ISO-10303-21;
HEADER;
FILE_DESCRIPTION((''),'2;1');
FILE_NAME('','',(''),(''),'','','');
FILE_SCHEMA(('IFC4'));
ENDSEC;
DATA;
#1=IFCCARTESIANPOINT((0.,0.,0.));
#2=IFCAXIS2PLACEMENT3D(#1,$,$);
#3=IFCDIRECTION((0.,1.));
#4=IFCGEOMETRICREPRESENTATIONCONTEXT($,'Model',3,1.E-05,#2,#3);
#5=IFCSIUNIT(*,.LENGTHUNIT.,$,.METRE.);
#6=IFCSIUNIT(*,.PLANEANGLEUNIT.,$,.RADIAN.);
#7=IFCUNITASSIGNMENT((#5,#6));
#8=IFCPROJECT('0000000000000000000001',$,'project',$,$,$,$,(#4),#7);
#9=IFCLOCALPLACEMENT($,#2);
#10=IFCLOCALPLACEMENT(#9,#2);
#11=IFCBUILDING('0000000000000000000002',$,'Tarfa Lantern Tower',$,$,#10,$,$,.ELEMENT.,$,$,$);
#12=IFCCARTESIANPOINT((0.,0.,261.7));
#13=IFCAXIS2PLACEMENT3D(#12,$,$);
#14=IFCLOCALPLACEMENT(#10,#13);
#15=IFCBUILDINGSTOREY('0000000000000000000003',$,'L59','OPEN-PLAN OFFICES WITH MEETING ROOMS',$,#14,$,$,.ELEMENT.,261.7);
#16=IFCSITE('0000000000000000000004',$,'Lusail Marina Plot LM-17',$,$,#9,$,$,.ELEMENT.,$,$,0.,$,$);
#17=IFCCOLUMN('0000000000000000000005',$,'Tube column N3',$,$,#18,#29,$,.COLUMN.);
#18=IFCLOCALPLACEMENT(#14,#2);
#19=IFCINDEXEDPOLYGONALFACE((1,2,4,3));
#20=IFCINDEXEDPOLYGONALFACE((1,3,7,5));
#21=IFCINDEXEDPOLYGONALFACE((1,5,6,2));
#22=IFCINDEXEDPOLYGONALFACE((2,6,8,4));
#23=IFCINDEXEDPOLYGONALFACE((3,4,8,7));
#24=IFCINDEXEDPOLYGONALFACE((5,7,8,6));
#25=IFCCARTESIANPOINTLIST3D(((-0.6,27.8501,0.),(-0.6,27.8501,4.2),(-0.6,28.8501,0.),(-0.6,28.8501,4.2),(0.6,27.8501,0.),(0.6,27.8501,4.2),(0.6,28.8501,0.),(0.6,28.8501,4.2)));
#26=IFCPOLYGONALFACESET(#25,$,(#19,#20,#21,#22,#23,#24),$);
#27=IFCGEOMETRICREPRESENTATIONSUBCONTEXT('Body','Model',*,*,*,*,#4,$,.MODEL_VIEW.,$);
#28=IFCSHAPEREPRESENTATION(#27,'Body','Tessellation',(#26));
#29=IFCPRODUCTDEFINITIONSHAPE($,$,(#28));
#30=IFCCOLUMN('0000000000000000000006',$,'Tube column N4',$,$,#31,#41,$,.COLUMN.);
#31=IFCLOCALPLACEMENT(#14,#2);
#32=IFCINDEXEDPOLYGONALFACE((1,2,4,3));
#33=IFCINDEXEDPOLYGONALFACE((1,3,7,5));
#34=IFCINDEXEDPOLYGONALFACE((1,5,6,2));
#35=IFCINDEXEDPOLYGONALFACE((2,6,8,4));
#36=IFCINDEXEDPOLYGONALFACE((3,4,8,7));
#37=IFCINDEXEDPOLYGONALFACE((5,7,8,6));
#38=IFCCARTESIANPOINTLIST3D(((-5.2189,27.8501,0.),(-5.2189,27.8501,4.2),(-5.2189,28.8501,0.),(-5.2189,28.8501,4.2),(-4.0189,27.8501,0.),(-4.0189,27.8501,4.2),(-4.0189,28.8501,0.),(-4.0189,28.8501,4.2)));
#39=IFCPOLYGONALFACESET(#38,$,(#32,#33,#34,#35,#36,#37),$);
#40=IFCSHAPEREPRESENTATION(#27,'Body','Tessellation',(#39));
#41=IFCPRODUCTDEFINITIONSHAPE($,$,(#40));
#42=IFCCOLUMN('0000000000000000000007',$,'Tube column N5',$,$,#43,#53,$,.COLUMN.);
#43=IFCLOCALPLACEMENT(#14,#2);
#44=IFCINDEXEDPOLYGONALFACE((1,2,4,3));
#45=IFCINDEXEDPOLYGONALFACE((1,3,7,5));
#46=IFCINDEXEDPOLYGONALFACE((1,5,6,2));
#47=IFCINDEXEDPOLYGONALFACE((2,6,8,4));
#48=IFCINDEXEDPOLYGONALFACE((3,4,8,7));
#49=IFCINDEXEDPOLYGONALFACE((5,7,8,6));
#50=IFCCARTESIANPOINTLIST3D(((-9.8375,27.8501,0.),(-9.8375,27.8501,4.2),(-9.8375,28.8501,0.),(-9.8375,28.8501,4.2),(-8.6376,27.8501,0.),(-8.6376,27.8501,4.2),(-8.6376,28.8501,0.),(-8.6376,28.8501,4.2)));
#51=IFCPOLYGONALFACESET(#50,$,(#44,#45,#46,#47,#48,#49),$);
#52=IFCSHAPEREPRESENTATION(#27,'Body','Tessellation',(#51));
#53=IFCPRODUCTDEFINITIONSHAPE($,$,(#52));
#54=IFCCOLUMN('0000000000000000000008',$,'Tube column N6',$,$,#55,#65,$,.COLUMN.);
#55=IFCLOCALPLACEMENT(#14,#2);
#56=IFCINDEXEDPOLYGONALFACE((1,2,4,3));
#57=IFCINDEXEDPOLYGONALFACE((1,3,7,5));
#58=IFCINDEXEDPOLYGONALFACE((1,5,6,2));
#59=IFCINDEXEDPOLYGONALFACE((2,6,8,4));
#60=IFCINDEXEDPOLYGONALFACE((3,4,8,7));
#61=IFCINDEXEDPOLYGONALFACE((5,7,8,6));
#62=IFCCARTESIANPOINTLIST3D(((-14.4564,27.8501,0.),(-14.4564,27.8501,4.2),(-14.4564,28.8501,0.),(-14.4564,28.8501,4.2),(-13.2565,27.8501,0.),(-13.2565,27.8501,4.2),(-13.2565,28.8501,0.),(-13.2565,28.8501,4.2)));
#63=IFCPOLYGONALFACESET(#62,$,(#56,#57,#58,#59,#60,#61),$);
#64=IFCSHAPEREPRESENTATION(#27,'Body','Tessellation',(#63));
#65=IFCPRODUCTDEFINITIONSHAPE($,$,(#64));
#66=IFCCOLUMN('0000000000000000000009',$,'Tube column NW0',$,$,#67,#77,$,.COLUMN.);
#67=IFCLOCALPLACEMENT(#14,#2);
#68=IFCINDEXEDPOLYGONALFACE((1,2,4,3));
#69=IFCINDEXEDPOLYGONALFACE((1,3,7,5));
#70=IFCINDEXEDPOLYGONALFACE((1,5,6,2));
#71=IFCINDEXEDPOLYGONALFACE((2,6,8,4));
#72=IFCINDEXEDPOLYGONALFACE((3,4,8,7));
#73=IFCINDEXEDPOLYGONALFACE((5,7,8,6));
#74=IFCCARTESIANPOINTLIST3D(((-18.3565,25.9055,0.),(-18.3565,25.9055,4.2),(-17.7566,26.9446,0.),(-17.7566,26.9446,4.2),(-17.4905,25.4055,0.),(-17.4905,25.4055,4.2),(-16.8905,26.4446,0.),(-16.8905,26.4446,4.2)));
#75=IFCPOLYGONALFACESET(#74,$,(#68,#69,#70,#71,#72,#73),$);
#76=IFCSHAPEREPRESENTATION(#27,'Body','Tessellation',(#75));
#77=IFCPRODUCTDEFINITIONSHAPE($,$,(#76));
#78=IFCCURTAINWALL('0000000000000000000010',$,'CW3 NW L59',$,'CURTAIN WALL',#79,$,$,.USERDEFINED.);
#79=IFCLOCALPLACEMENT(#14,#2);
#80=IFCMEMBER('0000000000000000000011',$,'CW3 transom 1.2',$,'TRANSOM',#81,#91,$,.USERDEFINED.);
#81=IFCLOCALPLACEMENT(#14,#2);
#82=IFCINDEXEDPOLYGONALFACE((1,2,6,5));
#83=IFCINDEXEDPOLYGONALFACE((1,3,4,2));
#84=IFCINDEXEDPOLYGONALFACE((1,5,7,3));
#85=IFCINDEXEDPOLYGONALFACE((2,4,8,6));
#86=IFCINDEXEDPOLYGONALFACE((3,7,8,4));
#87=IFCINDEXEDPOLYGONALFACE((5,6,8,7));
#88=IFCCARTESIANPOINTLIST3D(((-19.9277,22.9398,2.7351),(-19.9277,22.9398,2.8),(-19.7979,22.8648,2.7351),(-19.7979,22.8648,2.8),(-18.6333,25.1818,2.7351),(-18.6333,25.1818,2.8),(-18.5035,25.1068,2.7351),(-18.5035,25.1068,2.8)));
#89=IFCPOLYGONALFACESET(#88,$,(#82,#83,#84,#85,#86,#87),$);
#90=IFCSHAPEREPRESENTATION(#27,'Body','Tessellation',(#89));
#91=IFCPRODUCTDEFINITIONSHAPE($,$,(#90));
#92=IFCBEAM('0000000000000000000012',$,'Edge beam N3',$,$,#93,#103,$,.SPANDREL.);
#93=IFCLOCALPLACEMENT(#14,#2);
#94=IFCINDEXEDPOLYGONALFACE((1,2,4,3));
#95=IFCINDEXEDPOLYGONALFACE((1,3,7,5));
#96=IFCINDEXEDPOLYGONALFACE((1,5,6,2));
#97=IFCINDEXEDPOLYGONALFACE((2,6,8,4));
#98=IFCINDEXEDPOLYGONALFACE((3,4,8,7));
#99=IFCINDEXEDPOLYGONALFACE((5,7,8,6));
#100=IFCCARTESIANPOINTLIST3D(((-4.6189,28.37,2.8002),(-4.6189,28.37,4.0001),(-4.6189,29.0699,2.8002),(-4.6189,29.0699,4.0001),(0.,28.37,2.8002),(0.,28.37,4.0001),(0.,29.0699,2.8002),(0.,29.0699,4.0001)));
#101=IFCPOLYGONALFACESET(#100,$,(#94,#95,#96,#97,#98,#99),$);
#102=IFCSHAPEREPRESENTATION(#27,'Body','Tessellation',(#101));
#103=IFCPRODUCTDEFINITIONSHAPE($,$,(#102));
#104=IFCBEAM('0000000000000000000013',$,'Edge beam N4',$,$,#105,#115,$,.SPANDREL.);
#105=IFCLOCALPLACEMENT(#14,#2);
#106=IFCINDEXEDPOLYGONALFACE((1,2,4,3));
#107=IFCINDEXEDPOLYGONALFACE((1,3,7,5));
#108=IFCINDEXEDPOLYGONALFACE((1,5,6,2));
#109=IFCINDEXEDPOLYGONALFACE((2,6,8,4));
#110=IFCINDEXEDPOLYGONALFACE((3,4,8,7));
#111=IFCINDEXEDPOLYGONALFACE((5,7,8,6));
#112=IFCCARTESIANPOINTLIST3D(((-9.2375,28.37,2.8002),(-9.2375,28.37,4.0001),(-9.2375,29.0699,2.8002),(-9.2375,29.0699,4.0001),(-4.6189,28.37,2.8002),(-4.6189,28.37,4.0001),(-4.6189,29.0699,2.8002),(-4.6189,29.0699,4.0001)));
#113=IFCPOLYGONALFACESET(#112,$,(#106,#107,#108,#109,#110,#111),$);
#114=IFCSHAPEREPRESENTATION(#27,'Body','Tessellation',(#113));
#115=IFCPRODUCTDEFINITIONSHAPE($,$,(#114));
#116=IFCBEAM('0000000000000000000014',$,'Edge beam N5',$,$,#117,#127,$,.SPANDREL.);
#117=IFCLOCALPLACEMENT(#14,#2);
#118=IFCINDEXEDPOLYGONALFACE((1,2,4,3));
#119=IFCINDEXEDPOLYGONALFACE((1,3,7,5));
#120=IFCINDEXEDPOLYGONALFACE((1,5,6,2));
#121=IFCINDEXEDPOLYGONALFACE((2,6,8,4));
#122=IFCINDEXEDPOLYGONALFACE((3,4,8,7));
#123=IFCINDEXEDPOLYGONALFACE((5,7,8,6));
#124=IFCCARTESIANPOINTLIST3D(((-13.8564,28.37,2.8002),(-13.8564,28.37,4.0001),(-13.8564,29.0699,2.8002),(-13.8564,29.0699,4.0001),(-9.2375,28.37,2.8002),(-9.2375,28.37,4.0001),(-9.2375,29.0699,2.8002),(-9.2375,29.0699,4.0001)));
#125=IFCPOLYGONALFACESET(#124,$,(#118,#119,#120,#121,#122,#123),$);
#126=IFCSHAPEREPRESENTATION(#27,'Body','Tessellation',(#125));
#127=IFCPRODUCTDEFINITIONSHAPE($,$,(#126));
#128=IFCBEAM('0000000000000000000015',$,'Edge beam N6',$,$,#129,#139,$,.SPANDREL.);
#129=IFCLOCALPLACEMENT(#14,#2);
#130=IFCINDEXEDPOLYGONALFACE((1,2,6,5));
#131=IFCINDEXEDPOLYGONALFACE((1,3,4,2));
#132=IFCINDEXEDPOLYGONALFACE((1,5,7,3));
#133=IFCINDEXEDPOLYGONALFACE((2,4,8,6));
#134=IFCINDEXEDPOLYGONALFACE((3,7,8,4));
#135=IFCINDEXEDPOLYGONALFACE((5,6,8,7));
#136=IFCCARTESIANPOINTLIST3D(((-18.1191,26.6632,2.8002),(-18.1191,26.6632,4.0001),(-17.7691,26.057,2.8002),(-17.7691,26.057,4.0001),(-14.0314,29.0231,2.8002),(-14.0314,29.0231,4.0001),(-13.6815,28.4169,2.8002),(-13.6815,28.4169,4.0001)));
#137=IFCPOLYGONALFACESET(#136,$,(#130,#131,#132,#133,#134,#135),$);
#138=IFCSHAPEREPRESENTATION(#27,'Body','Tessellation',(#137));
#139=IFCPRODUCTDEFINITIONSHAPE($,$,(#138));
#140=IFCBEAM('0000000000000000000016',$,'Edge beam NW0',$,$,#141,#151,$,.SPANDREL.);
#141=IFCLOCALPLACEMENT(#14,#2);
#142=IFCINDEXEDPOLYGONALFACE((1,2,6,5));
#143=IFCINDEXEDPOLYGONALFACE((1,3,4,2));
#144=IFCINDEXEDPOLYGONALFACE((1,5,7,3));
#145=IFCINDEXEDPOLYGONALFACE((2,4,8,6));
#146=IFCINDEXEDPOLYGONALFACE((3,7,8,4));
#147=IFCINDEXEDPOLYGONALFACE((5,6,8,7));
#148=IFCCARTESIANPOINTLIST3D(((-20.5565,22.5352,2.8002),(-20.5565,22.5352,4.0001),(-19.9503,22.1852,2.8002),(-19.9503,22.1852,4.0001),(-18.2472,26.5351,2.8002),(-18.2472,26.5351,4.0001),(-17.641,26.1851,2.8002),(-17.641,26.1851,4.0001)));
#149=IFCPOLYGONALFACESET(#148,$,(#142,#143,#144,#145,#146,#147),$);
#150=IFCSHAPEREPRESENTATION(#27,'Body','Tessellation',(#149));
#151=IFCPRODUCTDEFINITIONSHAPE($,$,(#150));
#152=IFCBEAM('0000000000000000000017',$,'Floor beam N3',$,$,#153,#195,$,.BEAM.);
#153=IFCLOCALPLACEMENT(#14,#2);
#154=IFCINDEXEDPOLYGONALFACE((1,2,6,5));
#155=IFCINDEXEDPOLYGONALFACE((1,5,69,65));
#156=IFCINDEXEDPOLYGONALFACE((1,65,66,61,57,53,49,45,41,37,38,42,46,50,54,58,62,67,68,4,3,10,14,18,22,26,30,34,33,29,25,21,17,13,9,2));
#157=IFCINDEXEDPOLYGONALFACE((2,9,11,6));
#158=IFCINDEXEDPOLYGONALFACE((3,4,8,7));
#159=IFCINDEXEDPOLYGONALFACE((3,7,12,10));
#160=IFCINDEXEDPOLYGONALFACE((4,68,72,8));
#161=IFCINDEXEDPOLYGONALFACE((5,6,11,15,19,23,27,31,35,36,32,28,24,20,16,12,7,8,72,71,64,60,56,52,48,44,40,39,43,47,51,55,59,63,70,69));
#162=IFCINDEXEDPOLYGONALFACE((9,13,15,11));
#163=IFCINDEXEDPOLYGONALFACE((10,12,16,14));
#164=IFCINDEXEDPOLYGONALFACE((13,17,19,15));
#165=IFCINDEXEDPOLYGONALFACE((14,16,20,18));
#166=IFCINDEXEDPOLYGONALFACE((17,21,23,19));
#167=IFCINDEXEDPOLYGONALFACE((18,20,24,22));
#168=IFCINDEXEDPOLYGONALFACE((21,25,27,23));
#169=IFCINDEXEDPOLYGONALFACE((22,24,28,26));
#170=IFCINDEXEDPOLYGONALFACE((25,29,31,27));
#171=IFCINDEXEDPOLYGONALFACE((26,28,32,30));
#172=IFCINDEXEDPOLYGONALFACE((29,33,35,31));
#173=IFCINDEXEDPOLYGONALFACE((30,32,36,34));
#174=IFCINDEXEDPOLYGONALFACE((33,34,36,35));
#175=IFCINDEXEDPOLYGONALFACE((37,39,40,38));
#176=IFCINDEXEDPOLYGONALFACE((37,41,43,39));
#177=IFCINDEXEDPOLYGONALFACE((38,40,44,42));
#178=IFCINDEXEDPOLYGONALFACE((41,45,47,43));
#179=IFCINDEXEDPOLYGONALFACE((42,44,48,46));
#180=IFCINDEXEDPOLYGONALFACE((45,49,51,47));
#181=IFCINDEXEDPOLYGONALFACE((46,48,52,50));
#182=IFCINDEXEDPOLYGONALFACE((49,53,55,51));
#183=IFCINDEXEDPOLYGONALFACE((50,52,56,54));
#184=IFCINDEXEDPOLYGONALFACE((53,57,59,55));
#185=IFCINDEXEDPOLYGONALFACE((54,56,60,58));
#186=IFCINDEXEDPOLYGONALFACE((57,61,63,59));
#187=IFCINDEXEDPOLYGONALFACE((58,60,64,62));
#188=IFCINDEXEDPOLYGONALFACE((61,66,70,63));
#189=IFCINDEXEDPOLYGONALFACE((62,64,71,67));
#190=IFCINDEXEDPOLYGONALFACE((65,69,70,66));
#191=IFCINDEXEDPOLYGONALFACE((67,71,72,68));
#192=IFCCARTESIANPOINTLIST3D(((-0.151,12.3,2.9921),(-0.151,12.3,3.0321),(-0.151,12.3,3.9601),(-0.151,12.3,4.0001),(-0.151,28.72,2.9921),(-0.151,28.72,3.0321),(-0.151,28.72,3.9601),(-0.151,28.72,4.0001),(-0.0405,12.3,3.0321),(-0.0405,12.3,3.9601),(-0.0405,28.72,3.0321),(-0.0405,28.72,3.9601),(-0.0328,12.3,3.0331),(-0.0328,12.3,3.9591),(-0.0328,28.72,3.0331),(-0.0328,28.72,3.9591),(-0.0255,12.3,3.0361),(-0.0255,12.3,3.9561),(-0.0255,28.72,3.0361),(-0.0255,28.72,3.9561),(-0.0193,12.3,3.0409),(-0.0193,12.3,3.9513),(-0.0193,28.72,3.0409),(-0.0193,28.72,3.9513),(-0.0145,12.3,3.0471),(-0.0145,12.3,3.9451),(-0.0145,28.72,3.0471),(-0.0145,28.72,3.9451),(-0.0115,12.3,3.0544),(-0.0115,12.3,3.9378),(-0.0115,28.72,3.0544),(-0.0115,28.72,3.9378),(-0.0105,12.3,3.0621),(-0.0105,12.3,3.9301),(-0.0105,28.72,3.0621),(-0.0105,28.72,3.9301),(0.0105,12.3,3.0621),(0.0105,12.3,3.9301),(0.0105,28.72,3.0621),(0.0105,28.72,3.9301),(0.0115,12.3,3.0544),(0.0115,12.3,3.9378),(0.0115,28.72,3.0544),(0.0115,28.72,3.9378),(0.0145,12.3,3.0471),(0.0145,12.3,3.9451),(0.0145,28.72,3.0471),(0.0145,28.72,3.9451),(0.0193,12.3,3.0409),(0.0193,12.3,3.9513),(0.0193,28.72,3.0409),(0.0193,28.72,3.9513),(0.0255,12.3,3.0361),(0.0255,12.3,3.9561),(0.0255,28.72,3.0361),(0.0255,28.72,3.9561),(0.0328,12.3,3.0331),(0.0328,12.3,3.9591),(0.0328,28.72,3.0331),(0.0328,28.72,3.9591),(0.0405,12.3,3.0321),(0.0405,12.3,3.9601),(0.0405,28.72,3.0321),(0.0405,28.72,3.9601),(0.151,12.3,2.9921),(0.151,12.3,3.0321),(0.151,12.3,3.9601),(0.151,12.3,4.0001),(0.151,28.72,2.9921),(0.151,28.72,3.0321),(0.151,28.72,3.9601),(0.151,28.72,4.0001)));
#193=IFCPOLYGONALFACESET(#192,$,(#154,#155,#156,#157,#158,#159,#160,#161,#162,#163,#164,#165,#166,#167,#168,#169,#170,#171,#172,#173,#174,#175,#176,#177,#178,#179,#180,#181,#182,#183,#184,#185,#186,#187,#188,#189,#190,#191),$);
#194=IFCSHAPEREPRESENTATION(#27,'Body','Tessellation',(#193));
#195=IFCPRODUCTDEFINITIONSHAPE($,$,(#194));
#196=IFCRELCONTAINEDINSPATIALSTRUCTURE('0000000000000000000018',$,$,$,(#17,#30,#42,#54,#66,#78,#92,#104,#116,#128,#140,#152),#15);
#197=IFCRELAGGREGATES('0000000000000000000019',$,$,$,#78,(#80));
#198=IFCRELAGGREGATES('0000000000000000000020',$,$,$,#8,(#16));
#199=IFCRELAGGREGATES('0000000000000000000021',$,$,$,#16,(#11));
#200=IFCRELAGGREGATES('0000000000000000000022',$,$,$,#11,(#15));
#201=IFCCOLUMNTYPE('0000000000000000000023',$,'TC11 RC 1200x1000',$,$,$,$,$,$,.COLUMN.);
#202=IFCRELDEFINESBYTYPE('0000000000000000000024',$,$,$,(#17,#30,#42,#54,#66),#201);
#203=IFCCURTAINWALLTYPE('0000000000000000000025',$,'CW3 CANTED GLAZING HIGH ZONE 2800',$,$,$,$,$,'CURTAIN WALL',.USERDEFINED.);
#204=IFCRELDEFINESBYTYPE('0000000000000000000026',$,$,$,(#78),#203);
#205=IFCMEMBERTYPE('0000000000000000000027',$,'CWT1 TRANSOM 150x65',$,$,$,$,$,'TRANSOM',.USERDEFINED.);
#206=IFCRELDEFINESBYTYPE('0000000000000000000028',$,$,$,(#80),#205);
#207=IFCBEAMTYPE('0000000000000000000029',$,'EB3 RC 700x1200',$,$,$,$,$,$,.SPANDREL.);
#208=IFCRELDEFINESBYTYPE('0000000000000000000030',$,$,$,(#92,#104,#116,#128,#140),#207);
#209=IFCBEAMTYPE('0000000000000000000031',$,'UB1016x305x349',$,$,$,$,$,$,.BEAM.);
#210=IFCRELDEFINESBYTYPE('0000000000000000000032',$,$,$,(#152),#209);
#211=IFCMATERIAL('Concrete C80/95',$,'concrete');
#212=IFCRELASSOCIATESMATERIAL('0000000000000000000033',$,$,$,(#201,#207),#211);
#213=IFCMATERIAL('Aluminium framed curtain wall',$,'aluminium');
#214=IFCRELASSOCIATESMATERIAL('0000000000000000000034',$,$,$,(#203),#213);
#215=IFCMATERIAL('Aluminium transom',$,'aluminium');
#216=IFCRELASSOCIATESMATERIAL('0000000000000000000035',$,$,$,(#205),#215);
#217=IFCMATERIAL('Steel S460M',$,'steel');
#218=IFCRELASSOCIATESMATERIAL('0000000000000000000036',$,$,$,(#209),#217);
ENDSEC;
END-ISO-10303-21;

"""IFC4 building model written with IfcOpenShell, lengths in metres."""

from ifc_helpers import new_model, si_unit, direction, frame, origin, origin_2d, place, context, subcontext, project, spatial, rectangle, i_section, extrude, material, material_profile, profile_set, type_object, element, aggregate, save


model = new_model("IFC4")

# Units and contexts
model_context = context("Model", 3, precision=1e-05, world=origin(), true_north=direction((0.0, 1.0)))
body_context = subcontext(model_context, "Body", "Model", "MODEL_VIEW")
ifc_project = project(units=[si_unit("LENGTHUNIT", "METRE"), si_unit("PLANEANGLEUNIT", "RADIAN")], contexts=[model_context])

# Site, building, storey
site_placement = place(None, origin())
site = spatial("IfcSite", under=ifc_project, at=site_placement, Name="Lusail Marina Plot LM-17", CompositionType="ELEMENT", RefElevation=0.0)
building_placement = place(site_placement, origin())
building = spatial("IfcBuilding", under=site, at=building_placement, Name="Tarfa Lantern Tower", CompositionType="ELEMENT")
storey_placement = place(building_placement, frame((0.0, 0.0, 261.7)))
storey = spatial("IfcBuildingStorey", under=building, at=storey_placement, Name="L59", Description="OPEN-PLAN OFFICES WITH MEETING ROOMS", CompositionType="ELEMENT", Elevation=261.7)

# Columns
ifc_material_1 = material(Name="Concrete C80/95", Category="concrete")
ifc_material_profile_1 = material_profile(ifc_material_1, rectangle(XDim=1.2, YDim=1.0, at=origin_2d()), Name="RC 1200x1000")
ifc_profile_set_1 = profile_set([ifc_material_profile_1], Name="Concrete C80/95")
column_type = type_object("IfcColumnType", Name="TC11 RC 1200x1000", PredefinedType="COLUMN", material=ifc_profile_set_1)
for number, where, z_axis, x_axis, name in (
    (1, (0.0, 28.3501, 0.0), (0.0, 0.0, 1.0), (-1.0, 0.0, 0.0), "Tube column N3"),
    (2, (-4.6189, 28.3501, 0.0), (0.0, 0.0, 1.0), (-1.0, 0.0, 0.0), "Tube column N4"),
    (3, (-9.2375, 28.3501, 0.0), (0.0, 0.0, 1.0), (-1.0, 0.0, 0.0), "Tube column N5"),
    (4, (-13.8564, 28.3501, 0.0), (0.0, 0.0, 1.0), (-1.0, 0.0, 0.0), "Tube column N6"),
    (5, (-17.6235, 26.175, 0.0), (0.0, 0.0, 1.0), (-0.5, -0.866025, 0.0), "Tube column NW0"),
):
    element("IfcColumn", number, at=place(storey_placement, frame(where, z_axis=z_axis, x_axis=x_axis)), inside=storey, type_object=column_type, Name=name, PredefinedType="COLUMN", context=body_context, shape_type="SweptSolid", body=[
        extrude(rectangle(XDim=1.2, YDim=1.0, at=origin_2d()), origin(), (0.0, 0.0, 1.0), 4.2),
    ])

# Curtain wall, member
ifc_material_2 = material(Name="Aluminium framed curtain wall", Category="aluminium")
curtain_wall_type = type_object("IfcCurtainWallType", Name="CW3 CANTED GLAZING HIGH ZONE 2800", ElementType="CURTAIN WALL", PredefinedType="USERDEFINED", material=ifc_material_2)
curtain_wall_placement = place(storey_placement, origin())
curtain_wall = element("IfcCurtainWall", 6, at=curtain_wall_placement, inside=storey, type_object=curtain_wall_type, Name="CW3 NW L59", ObjectType="CURTAIN WALL", PredefinedType="USERDEFINED")
ifc_material_3 = material(Name="Aluminium transom", Category="aluminium")
ifc_material_profile_2 = material_profile(ifc_material_3, rectangle(XDim=0.1499, YDim=0.0649, at=origin_2d()), Name="AL TRANSOM 150x65")
ifc_profile_set_2 = profile_set([ifc_material_profile_2], Name="Aluminium transom")
member_type = type_object("IfcMemberType", Name="CWT1 TRANSOM 150x65", ElementType="TRANSOM", PredefinedType="USERDEFINED", material=ifc_profile_set_2)
member_placement = place(storey_placement, frame((-18.5684, 25.1443, 2.7676), z_axis=(-0.500014, -0.866018, 0.0), x_axis=(0.866018, -0.500014, 0.0)))
member = element("IfcMember", 7, at=member_placement, type_object=member_type, Name="CW3 transom 1.2", ObjectType="TRANSOM", PredefinedType="USERDEFINED", context=body_context, shape_type="SweptSolid", body=[
    extrude(rectangle(XDim=0.1499, YDim=0.0649, at=origin_2d()), origin(), (0.0, 0.0, 1.0), 2.5889),
])
aggregate(curtain_wall, [member])

# Beams
ifc_material_profile_3 = material_profile(ifc_material_1, rectangle(XDim=0.7, YDim=1.2, at=origin_2d()), Name="RC 700x1200")
ifc_profile_set_3 = profile_set([ifc_material_profile_3], Name="Concrete C80/95")
beam_type_1 = type_object("IfcBeamType", Name="EB3 RC 700x1200", PredefinedType="SPANDREL", material=ifc_profile_set_3)
beam_1_placement = place(storey_placement, frame((0.0, 28.72, 3.4001), z_axis=(-1.0, 0.0, 0.0), x_axis=(0.0, -1.0, 0.0)))
element("IfcBeam", 8, at=beam_1_placement, inside=storey, type_object=beam_type_1, Name="Edge beam N3", PredefinedType="SPANDREL", context=body_context, shape_type="SweptSolid", body=[
    extrude(rectangle(XDim=0.7, YDim=1.2, at=origin_2d()), origin(), (0.0, 0.0, 1.0), 4.6189),
])
beam_2_placement = place(storey_placement, frame((-4.6189, 28.72, 3.4001), z_axis=(-1.0, 0.0, 0.0), x_axis=(0.0, -1.0, 0.0)))
element("IfcBeam", 9, at=beam_2_placement, inside=storey, type_object=beam_type_1, Name="Edge beam N4", PredefinedType="SPANDREL", context=body_context, shape_type="SweptSolid", body=[
    extrude(rectangle(XDim=0.7, YDim=1.2, at=origin_2d()), origin(), (0.0, 0.0, 1.0), 4.6187),
])
beam_3_placement = place(storey_placement, frame((-9.2375, 28.72, 3.4001), z_axis=(-1.0, 0.0, 0.0), x_axis=(0.0, -1.0, 0.0)))
element("IfcBeam", 10, at=beam_3_placement, inside=storey, type_object=beam_type_1, Name="Edge beam N5", PredefinedType="SPANDREL", context=body_context, shape_type="SweptSolid", body=[
    extrude(rectangle(XDim=0.7, YDim=1.2, at=origin_2d()), origin(), (0.0, 0.0, 1.0), 4.6189),
])
beam_4_placement = place(storey_placement, frame((-13.8564, 28.72, 3.4001), z_axis=(-0.866038, -0.499978, 0.0), x_axis=(0.499978, -0.866038, 0.0)))
element("IfcBeam", 11, at=beam_4_placement, inside=storey, type_object=beam_type_1, Name="Edge beam N6", PredefinedType="SPANDREL", context=body_context, shape_type="SweptSolid", body=[
    extrude(rectangle(XDim=0.7, YDim=1.2, at=origin_2d()), origin(), (0.0, 0.0, 1.0), 4.72),
])
beam_5_placement = place(storey_placement, frame((-17.9441, 26.3601, 3.4001), z_axis=(-0.499988, -0.866032, 0.0), x_axis=(0.866032, -0.499988, 0.0)))
element("IfcBeam", 12, at=beam_5_placement, inside=storey, type_object=beam_type_1, Name="Edge beam NW0", PredefinedType="SPANDREL", context=body_context, shape_type="SweptSolid", body=[
    extrude(rectangle(XDim=0.7, YDim=1.2, at=origin_2d()), origin(), (0.0, 0.0, 1.0), 4.6187),
])
ifc_material_4 = material(Name="Steel S460M", Category="steel")
ifc_material_profile_4 = material_profile(ifc_material_4, i_section(OverallWidth=0.302, OverallDepth=1.0081, WebThickness=0.021, FlangeThickness=0.04, FilletRadius=0.03, at=origin_2d()), Name="UB1016x305x349")
ifc_profile_set_4 = profile_set([ifc_material_profile_4], Name="Steel S460M")
beam_type_2 = type_object("IfcBeamType", Name="UB1016x305x349", PredefinedType="BEAM", material=ifc_profile_set_4)
for number, where, z_axis, x_axis, name in (
    (13, (0.0, 28.72, 3.4961), (0.0, -1.0, 0.0), (1.0, 0.0, 0.0), "Floor beam N3"),
):
    element("IfcBeam", number, at=place(storey_placement, frame(where, z_axis=z_axis, x_axis=x_axis)), inside=storey, type_object=beam_type_2, Name=name, PredefinedType="BEAM", context=body_context, shape_type="SweptSolid", body=[
        extrude(i_section(OverallWidth=0.302, OverallDepth=1.0081, WebThickness=0.021, FlangeThickness=0.04, FilletRadius=0.03, at=origin_2d()), origin(), (0.0, 0.0, 1.0), 16.4199),
    ])

save(model, "model.ifc")
